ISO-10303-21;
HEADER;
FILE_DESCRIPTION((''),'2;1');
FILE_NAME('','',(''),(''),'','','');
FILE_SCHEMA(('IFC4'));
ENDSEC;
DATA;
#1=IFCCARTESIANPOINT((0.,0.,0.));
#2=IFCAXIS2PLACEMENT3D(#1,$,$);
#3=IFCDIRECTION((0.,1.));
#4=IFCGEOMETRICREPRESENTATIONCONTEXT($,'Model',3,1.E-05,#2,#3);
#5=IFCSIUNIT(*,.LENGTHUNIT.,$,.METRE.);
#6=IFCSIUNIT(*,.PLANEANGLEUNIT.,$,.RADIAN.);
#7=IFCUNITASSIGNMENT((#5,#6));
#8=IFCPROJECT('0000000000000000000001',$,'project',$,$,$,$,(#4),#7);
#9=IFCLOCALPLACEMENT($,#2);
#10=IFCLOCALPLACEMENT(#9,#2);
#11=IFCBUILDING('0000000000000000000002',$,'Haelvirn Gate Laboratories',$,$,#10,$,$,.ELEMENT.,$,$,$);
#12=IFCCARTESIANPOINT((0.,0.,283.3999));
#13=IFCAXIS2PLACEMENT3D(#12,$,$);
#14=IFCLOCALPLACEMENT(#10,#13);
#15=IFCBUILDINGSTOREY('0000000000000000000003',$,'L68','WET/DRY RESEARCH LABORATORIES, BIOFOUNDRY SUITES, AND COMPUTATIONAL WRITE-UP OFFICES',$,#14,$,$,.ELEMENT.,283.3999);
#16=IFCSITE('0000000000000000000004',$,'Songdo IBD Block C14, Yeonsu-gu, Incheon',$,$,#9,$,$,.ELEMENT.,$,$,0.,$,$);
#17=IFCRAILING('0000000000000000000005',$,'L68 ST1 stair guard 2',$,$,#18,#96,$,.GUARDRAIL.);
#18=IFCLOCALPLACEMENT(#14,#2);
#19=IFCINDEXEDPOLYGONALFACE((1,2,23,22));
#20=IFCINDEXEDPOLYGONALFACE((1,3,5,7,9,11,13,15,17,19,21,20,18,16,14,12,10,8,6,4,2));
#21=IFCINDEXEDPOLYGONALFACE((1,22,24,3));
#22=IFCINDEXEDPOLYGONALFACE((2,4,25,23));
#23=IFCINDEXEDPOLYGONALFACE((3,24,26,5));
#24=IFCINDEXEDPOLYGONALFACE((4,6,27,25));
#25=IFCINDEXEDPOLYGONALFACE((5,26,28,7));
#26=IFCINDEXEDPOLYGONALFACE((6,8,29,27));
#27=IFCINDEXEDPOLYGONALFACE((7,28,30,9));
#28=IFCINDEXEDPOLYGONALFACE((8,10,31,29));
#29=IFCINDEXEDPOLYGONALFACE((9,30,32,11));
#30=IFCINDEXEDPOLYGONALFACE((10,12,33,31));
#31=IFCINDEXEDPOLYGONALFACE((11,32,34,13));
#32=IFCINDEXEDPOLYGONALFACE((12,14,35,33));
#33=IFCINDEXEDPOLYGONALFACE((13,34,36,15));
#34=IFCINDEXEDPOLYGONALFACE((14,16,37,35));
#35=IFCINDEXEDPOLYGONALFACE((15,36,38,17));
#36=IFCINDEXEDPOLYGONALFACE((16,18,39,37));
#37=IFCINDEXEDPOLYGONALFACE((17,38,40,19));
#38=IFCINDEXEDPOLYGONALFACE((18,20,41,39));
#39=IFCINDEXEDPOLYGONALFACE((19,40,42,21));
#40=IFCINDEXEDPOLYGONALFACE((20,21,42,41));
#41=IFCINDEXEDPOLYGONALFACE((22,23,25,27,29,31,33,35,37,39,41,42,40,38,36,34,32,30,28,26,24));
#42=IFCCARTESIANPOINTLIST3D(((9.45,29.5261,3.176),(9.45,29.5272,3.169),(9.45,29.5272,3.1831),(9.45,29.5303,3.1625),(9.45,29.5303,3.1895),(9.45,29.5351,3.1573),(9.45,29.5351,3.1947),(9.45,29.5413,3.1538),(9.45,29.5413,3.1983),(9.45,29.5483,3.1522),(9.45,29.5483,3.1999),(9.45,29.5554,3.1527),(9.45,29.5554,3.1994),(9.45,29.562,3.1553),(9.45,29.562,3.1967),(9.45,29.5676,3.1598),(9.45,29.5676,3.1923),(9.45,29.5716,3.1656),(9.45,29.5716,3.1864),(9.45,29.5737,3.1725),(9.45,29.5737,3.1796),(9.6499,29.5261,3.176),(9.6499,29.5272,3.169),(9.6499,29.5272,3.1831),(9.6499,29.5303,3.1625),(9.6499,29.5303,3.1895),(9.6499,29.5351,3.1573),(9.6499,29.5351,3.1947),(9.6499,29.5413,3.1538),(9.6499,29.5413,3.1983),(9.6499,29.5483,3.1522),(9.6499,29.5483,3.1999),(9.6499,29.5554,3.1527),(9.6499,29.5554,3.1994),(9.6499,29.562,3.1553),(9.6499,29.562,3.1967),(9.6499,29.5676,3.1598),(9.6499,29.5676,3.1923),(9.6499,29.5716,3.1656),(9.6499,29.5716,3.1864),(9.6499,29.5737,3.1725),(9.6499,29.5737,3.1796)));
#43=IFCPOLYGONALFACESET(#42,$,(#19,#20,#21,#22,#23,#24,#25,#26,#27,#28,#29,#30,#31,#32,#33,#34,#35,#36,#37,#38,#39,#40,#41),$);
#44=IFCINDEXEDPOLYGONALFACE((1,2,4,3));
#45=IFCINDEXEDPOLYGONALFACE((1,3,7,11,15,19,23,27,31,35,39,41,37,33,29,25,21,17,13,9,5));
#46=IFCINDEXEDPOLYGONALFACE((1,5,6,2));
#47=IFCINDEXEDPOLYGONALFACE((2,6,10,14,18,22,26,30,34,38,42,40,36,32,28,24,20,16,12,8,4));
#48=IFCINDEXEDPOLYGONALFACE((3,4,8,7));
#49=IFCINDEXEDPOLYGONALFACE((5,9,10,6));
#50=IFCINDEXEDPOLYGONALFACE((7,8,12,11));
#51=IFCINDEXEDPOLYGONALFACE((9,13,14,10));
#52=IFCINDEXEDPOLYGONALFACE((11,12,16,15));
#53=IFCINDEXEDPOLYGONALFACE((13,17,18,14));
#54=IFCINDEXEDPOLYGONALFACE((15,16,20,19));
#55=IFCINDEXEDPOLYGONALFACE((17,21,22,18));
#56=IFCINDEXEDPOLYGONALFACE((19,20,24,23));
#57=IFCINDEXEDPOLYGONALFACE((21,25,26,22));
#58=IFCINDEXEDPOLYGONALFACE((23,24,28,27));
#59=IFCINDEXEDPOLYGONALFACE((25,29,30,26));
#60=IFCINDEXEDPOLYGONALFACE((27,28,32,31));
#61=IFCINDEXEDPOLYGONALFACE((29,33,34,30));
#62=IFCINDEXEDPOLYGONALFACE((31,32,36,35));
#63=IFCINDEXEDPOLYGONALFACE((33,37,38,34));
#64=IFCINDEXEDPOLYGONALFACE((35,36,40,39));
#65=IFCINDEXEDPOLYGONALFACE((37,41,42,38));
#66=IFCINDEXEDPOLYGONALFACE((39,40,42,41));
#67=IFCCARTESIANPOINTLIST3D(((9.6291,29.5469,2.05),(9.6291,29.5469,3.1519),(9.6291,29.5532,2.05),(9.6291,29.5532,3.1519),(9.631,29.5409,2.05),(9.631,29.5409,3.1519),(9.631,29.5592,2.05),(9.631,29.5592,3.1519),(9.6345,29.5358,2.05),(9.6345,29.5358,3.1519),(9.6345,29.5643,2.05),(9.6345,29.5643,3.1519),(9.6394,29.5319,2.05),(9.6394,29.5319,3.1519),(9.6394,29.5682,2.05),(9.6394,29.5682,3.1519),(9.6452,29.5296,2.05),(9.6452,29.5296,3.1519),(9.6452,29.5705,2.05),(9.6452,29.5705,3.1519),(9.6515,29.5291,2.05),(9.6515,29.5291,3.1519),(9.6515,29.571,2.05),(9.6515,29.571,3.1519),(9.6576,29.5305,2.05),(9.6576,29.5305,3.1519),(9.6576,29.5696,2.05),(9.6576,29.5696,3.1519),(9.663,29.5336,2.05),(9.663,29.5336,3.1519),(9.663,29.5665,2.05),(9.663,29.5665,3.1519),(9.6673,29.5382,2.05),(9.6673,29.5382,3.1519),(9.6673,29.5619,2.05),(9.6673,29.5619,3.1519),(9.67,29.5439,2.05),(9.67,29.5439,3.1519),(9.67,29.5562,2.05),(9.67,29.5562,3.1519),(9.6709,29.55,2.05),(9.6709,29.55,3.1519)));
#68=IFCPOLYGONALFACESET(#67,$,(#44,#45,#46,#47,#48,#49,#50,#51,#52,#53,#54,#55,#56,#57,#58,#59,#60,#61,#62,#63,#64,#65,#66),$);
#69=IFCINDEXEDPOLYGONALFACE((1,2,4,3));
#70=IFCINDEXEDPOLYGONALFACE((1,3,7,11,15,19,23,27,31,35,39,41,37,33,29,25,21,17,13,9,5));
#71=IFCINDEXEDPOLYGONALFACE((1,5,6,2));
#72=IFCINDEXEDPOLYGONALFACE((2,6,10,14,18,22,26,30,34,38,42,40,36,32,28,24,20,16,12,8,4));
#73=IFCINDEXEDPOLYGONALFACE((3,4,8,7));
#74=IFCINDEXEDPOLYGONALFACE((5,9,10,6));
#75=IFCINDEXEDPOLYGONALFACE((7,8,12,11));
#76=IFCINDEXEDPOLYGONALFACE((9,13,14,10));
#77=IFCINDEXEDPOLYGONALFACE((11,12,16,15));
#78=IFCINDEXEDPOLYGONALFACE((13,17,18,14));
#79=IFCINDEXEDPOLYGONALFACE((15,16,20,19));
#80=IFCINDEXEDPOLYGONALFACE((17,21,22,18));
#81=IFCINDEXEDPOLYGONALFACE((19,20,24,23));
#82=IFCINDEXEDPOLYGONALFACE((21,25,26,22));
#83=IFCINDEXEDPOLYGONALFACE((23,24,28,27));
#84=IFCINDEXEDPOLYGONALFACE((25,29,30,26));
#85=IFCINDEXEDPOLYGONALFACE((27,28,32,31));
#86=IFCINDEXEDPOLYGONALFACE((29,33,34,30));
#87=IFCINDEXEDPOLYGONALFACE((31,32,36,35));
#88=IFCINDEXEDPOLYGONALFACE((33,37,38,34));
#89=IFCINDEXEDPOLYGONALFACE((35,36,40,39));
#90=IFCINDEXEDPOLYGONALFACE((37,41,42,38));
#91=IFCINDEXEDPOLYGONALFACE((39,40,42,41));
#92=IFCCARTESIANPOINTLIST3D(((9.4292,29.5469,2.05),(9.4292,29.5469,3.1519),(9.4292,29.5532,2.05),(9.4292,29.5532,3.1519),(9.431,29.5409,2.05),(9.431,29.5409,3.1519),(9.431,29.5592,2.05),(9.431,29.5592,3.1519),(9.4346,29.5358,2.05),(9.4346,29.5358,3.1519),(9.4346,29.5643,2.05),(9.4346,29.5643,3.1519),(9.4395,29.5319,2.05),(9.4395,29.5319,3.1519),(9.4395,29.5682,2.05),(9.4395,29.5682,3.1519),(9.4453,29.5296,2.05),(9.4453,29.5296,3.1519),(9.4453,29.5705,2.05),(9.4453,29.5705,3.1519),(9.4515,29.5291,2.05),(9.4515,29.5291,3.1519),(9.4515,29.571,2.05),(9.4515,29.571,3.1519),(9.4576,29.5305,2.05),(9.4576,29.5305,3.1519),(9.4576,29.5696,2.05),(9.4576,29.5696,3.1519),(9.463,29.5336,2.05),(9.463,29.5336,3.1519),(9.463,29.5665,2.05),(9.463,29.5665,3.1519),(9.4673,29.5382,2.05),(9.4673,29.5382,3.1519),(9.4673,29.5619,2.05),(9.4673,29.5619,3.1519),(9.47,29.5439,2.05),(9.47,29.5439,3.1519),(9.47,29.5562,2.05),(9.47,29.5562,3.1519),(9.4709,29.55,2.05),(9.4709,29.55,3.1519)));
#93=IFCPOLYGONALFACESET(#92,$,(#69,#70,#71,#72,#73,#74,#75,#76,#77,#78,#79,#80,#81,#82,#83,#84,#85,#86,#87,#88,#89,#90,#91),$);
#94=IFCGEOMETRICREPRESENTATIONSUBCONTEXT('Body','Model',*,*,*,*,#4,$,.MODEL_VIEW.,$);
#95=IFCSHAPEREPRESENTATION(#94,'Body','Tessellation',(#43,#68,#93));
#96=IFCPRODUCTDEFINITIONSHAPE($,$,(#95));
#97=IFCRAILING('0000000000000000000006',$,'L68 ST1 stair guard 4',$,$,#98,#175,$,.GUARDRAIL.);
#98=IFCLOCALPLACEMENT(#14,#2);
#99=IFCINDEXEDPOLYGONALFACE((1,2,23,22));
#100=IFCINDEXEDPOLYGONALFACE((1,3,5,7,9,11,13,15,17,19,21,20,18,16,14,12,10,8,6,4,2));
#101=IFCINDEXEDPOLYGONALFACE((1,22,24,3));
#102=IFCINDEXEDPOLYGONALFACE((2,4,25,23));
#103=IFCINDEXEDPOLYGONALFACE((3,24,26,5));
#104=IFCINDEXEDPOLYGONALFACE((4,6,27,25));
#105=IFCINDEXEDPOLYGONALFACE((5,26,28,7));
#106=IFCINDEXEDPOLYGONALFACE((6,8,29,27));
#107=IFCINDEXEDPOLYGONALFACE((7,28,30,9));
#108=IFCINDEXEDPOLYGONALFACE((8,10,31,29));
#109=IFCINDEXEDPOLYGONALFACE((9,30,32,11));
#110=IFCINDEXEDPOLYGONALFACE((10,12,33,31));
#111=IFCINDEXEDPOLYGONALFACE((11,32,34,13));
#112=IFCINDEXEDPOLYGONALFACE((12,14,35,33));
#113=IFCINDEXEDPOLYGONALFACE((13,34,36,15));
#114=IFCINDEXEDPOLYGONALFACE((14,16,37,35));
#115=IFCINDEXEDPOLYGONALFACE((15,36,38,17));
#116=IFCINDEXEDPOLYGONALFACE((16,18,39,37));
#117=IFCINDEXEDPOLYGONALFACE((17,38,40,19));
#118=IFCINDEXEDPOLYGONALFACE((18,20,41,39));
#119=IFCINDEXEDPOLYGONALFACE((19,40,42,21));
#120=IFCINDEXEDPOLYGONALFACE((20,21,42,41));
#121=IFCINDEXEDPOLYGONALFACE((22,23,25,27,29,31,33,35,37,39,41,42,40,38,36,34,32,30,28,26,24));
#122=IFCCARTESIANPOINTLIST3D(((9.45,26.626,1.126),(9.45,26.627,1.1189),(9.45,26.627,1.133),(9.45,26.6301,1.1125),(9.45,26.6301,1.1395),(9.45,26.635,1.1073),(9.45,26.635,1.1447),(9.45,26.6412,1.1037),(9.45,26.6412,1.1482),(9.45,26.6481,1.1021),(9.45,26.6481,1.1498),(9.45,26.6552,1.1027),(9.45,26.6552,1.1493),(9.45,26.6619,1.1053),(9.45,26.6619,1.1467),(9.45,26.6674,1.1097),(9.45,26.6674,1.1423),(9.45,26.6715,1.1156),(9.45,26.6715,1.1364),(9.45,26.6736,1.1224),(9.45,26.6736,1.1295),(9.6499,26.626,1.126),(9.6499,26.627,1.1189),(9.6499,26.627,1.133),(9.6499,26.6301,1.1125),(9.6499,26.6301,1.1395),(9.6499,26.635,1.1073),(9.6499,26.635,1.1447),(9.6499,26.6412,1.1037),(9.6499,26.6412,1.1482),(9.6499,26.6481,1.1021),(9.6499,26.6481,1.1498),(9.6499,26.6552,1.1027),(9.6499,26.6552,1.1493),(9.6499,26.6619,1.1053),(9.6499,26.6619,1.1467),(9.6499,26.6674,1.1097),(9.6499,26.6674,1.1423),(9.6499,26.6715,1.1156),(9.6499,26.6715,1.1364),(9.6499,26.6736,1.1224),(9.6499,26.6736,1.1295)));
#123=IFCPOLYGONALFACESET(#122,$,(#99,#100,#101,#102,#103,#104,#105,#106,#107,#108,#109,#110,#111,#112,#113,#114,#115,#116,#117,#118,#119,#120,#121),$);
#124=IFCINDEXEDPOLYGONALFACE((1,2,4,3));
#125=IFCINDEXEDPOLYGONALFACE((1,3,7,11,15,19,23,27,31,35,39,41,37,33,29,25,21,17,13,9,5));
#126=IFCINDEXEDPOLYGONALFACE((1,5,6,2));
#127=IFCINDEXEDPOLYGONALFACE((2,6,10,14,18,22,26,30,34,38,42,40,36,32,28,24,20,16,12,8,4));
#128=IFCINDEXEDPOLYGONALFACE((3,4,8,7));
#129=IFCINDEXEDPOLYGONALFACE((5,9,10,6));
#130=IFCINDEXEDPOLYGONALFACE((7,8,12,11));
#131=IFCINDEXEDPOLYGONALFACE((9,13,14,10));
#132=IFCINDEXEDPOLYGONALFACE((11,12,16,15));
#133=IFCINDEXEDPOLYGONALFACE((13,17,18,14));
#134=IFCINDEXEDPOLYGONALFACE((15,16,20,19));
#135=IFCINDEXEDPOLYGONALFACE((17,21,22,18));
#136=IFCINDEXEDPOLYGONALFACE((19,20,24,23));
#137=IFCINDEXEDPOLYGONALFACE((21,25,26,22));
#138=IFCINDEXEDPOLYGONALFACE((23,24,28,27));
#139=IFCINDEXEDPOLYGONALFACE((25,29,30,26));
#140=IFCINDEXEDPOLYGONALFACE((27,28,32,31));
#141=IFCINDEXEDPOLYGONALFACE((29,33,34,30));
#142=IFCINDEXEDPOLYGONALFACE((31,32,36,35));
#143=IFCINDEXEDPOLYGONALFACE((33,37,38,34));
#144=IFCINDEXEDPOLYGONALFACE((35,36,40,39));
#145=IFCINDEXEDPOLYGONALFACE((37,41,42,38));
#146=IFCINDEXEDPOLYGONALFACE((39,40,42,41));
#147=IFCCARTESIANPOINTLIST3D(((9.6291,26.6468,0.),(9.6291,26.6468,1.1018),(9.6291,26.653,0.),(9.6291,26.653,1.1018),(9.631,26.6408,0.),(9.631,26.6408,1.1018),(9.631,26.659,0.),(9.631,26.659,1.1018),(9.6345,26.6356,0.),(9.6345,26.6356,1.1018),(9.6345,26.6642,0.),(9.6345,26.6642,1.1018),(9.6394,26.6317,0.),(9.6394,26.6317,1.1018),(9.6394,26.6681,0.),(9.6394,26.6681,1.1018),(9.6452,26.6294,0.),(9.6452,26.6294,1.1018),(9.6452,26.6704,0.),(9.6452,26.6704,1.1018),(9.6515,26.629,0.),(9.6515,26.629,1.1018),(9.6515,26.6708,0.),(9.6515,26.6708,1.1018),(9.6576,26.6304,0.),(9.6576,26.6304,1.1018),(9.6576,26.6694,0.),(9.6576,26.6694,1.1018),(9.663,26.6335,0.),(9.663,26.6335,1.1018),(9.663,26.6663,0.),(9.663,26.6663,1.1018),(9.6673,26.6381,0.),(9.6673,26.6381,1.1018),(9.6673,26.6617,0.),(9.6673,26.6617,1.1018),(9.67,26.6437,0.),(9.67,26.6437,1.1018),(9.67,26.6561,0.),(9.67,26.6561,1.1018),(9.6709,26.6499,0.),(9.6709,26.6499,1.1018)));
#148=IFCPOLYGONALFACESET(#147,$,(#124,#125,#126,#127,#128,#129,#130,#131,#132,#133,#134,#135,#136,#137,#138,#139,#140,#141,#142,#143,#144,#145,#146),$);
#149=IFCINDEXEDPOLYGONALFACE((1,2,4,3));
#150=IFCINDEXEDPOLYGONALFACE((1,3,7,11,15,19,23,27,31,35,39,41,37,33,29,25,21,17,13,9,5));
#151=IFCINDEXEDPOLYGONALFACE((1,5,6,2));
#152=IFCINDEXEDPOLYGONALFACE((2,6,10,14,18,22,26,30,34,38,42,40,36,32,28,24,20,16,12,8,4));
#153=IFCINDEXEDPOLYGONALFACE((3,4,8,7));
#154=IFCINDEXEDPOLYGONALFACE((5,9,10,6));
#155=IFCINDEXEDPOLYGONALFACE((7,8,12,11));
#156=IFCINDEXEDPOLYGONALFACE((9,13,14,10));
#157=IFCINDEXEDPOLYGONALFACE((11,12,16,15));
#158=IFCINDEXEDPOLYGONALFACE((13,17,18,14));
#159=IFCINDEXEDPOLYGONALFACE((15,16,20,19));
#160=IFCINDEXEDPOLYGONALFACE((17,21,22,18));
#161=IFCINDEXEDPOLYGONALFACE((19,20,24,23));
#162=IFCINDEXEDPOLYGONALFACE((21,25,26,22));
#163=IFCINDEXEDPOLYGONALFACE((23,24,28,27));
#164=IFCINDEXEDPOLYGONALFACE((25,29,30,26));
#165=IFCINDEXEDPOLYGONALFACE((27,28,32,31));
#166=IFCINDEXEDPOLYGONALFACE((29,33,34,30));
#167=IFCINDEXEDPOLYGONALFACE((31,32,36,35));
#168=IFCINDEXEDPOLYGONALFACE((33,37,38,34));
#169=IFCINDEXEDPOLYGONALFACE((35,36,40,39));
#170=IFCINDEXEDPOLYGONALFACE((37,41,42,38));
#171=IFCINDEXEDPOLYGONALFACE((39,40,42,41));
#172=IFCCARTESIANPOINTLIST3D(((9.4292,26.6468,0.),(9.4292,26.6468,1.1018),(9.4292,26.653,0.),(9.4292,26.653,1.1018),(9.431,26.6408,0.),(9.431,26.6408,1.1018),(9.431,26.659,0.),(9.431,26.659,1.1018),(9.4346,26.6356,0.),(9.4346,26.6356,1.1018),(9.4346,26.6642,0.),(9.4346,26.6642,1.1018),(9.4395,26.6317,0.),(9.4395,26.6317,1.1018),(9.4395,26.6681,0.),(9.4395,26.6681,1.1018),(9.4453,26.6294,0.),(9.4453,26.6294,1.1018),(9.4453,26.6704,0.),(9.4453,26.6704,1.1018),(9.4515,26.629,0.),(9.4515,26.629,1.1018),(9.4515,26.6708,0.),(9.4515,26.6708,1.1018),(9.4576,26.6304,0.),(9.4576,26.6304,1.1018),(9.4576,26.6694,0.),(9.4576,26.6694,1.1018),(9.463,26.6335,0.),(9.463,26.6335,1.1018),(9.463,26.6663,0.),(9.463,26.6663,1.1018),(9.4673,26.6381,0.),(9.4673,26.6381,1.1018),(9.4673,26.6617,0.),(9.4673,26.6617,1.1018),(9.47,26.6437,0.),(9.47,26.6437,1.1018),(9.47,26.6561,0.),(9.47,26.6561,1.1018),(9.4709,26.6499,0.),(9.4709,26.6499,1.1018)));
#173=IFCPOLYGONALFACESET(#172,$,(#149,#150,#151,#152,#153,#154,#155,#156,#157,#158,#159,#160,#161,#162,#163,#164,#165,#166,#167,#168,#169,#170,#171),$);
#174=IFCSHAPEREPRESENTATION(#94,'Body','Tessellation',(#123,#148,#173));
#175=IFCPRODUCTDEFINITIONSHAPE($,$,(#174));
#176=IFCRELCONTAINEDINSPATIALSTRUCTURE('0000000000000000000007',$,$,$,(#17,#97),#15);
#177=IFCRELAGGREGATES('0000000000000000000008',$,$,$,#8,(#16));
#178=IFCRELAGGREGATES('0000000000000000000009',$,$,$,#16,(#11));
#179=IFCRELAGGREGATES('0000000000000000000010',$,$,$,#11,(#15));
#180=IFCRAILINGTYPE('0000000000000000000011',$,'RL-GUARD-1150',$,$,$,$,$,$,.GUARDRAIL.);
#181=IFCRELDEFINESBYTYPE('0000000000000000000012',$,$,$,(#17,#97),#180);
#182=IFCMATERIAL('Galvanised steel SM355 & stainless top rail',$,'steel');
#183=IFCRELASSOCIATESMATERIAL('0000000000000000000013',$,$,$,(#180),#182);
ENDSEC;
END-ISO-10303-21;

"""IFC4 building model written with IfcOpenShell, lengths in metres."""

from ifc_helpers import new_model, si_unit, direction, frame, origin, origin_2d, place, context, subcontext, project, spatial, circle, extrude, source, transform, mapped, material, type_object, element, save


model = new_model("IFC4")

# Units and contexts
model_context = context("Model", 3, precision=1e-05, world=origin(), true_north=direction((0.0, 1.0)))
body_context = subcontext(model_context, "Body", "Model", "MODEL_VIEW")
ifc_project = project(units=[si_unit("LENGTHUNIT", "METRE"), si_unit("PLANEANGLEUNIT", "RADIAN")], contexts=[model_context])

# Site, building, storey
site_placement = place(None, origin())
site = spatial("IfcSite", under=ifc_project, at=site_placement, Name="Songdo IBD Block C14, Yeonsu-gu, Incheon", CompositionType="ELEMENT", RefElevation=0.0)
building_placement = place(site_placement, origin())
building = spatial("IfcBuilding", under=site, at=building_placement, Name="Haelvirn Gate Laboratories", CompositionType="ELEMENT")
storey_placement = place(building_placement, frame((0.0, 0.0, 283.3999)))
storey = spatial("IfcBuildingStorey", under=building, at=storey_placement, Name="L68", Description="WET/DRY RESEARCH LABORATORIES, BIOFOUNDRY SUITES, AND COMPUTATIONAL WRITE-UP OFFICES", CompositionType="ELEMENT", Elevation=283.3999)

# Railings
ifc_material_1 = material(Name="Galvanised steel SM355 & stainless top rail", Category="steel")
railing_type_1 = type_object("IfcRailingType", Name="RL-GUARD-1150", PredefinedType="GUARDRAIL", material=ifc_material_1)
shared_shape_1 = source(origin(), body_context, "Body", "SweptSolid", [
    extrude(circle(Radius=0.0239, at=origin_2d()), frame((0.0, 0.0, 1.126), z_axis=(-1.0, 0.0, 0.0), x_axis=(0.0, -1.0, 0.0)), (0.0, 0.0, 1.0), 0.2),
    extrude(circle(Radius=0.021, at=origin_2d()), origin(), (0.0, 0.0, 1.0), 1.1018),
    extrude(circle(Radius=0.021, at=origin_2d()), frame((-0.2, 0.0, 0.0)), (0.0, 0.0, 1.0), 1.1018),
])
for number, where, name in (
    (1, (9.6499, 29.55, 2.05), "L68 ST1 stair guard 2"),
    (2, (9.6499, 26.6499, 0.0), "L68 ST1 stair guard 4"),
):
    element("IfcRailing", number, at=place(storey_placement, frame(where)), inside=storey, type_object=railing_type_1, Name=name, PredefinedType="GUARDRAIL", context=body_context, shape_type="MappedRepresentation", body=[
        mapped(shared_shape_1, transform((0.0, 0.0, 0.0), scale=1.0)),
    ])

save(model, "model.ifc")
